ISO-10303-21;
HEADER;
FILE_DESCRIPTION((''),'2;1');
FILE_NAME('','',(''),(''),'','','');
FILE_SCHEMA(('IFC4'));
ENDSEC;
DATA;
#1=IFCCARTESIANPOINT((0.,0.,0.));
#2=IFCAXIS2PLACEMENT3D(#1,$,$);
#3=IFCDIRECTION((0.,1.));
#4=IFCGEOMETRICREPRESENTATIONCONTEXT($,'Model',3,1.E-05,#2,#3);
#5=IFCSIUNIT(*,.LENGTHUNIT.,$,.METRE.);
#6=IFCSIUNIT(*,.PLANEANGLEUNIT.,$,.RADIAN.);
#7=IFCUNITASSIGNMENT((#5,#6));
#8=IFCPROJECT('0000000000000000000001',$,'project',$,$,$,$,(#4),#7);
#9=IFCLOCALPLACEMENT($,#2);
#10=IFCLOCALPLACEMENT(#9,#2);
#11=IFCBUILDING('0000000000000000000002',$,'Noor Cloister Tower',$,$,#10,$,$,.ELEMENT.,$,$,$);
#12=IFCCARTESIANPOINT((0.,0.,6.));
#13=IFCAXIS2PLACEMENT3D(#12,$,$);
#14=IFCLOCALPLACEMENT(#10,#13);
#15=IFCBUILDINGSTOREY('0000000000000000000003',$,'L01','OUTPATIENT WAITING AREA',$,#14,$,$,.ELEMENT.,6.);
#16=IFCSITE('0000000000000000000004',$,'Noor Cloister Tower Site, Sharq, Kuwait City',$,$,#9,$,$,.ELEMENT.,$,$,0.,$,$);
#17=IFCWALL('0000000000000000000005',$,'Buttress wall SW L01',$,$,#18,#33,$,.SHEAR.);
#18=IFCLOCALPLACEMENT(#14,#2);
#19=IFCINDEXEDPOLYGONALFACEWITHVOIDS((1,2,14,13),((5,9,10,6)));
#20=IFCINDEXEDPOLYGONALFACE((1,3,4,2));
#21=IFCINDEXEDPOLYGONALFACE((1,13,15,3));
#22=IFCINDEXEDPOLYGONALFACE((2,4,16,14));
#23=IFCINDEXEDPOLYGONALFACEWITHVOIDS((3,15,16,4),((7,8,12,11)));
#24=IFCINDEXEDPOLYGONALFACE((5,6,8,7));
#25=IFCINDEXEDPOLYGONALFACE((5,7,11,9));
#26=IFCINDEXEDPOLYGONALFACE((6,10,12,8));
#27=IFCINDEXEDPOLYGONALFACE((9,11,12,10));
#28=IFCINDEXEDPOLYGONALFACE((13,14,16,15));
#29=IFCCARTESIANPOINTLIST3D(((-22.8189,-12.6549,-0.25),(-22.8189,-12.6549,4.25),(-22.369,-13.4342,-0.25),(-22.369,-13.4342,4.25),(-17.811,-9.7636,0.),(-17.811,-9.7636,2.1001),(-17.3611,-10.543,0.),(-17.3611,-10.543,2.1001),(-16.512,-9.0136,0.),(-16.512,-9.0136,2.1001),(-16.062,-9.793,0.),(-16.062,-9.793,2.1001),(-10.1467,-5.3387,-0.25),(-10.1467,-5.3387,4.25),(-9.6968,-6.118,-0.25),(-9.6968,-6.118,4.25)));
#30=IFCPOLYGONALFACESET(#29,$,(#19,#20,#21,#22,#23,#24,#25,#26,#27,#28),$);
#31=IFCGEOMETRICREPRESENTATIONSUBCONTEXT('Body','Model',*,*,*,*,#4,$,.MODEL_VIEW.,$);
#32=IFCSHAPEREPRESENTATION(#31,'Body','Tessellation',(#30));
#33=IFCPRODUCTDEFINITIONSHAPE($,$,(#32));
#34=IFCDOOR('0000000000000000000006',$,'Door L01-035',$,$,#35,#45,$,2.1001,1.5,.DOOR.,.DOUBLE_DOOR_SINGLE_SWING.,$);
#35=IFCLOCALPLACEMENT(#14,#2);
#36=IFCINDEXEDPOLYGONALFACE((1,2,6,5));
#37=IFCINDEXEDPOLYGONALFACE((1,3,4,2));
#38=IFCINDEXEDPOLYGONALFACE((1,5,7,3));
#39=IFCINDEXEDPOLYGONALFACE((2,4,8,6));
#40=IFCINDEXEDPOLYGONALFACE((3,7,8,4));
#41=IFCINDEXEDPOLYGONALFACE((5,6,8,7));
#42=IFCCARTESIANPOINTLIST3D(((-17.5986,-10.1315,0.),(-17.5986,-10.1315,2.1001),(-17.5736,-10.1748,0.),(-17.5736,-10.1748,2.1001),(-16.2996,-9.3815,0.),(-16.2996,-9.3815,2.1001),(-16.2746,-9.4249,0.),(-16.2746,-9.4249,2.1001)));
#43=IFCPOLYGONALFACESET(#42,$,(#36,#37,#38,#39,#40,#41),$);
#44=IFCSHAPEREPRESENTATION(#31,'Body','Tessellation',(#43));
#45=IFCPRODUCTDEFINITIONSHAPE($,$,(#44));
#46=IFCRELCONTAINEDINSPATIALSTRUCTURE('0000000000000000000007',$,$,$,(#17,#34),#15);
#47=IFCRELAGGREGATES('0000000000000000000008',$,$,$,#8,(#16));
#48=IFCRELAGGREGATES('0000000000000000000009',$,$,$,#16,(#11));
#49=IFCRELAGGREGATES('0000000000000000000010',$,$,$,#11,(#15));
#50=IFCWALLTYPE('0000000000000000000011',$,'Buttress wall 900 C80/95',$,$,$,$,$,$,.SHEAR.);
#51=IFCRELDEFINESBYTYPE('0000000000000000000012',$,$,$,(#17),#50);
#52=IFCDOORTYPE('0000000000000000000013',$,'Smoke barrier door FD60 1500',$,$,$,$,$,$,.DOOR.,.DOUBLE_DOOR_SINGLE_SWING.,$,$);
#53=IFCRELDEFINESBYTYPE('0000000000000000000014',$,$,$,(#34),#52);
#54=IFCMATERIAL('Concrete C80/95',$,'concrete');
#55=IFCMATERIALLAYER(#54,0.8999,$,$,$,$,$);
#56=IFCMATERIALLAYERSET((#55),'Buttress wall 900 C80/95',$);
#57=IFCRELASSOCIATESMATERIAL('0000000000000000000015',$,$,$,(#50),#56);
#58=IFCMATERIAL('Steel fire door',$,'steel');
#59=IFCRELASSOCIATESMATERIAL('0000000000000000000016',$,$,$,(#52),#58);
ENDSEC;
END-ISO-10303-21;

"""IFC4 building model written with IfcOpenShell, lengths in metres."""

from ifc_helpers import new_model, si_unit, direction, frame, frame_2d, origin, place, context, subcontext, project, spatial, rectangle, extrude, material, layer, layer_set, type_object, element, fill, save


model = new_model("IFC4")

# Units and contexts
model_context = context("Model", 3, precision=1e-05, world=origin(), true_north=direction((0.0, 1.0)))
body_context = subcontext(model_context, "Body", "Model", "MODEL_VIEW")
ifc_project = project(units=[si_unit("LENGTHUNIT", "METRE"), si_unit("PLANEANGLEUNIT", "RADIAN")], contexts=[model_context])

# Site, building, storey
site_placement = place(None, origin())
site = spatial("IfcSite", under=ifc_project, at=site_placement, Name="Noor Cloister Tower Site, Sharq, Kuwait City", CompositionType="ELEMENT", RefElevation=0.0)
building_placement = place(site_placement, origin())
building = spatial("IfcBuilding", under=site, at=building_placement, Name="Noor Cloister Tower", CompositionType="ELEMENT")
storey_placement = place(building_placement, frame((0.0, 0.0, 6.0)))
storey = spatial("IfcBuildingStorey", under=building, at=storey_placement, Name="L01", Description="OUTPATIENT WAITING AREA", CompositionType="ELEMENT", Elevation=6.0)

# Wall, opening, door
ifc_material_1 = material(Name="Concrete C80/95", Category="concrete")
ifc_layer_1 = layer(ifc_material_1, 0.8999)
ifc_layer_set_1 = layer_set([ifc_layer_1], Name="Buttress wall 900 C80/95")
wall_type_1 = type_object("IfcWallType", Name="Buttress wall 900 C80/95", PredefinedType="SHEAR", material=ifc_layer_set_1)
wall_1_placement = place(storey_placement, frame((-9.9216, -5.7283, -0.25), z_axis=(0.0, 0.0, 1.0), x_axis=(-0.866028, -0.499995, 0.0)))
wall_1 = element("IfcWall", 1, at=wall_1_placement, inside=storey, type_object=wall_type_1, Name="Buttress wall SW L01", PredefinedType="SHEAR", context=body_context, shape_type="SweptSolid", body=[
    extrude(rectangle(XDim=14.6326, YDim=0.8999, at=frame_2d((7.3164, 0.0))), origin(), (0.0, 0.0, 1.0), 4.5),
])
opening_1_placement = place(wall_1_placement, frame((7.3501, 0.0, 0.25)))
opening_1 = element("IfcOpeningElement", 2, at=opening_1_placement, cuts=wall_1, PredefinedType="OPENING", context=body_context, shape_type="SweptSolid", body=[
    extrude(rectangle(XDim=1.5, YDim=2.1001, at=frame_2d((0.75, 1.05))), frame((0.0, 0.46, 0.0), z_axis=(0.0, -1.0, 0.0), x_axis=(1.0, 0.0, 0.0)), (0.0, 0.0, 1.0), 0.9199),
])
ifc_material_2 = material(Name="Steel fire door", Category="steel")
door_type_1 = type_object("IfcDoorType", Name="Smoke barrier door FD60 1500", OperationType="DOUBLE_DOOR_SINGLE_SWING", PredefinedType="DOOR", material=ifc_material_2)
door_1_placement = place(opening_1_placement, origin())
door_1 = element("IfcDoor", 3, at=door_1_placement, inside=storey, type_object=door_type_1, Name="Door L01-035", OperationType="DOUBLE_DOOR_SINGLE_SWING", OverallHeight=2.1001, OverallWidth=1.5, PredefinedType="DOOR", context=body_context, shape_type="SweptSolid", body=[
    extrude(rectangle(XDim=1.5, YDim=2.1001, at=frame_2d((0.75, 1.05))), frame((0.0, 0.0249, 0.0), z_axis=(0.0, -1.0, 0.0), x_axis=(1.0, 0.0, 0.0)), (0.0, 0.0, 1.0), 0.05),
])
fill(opening_1, door_1)

save(model, "model.ifc")
